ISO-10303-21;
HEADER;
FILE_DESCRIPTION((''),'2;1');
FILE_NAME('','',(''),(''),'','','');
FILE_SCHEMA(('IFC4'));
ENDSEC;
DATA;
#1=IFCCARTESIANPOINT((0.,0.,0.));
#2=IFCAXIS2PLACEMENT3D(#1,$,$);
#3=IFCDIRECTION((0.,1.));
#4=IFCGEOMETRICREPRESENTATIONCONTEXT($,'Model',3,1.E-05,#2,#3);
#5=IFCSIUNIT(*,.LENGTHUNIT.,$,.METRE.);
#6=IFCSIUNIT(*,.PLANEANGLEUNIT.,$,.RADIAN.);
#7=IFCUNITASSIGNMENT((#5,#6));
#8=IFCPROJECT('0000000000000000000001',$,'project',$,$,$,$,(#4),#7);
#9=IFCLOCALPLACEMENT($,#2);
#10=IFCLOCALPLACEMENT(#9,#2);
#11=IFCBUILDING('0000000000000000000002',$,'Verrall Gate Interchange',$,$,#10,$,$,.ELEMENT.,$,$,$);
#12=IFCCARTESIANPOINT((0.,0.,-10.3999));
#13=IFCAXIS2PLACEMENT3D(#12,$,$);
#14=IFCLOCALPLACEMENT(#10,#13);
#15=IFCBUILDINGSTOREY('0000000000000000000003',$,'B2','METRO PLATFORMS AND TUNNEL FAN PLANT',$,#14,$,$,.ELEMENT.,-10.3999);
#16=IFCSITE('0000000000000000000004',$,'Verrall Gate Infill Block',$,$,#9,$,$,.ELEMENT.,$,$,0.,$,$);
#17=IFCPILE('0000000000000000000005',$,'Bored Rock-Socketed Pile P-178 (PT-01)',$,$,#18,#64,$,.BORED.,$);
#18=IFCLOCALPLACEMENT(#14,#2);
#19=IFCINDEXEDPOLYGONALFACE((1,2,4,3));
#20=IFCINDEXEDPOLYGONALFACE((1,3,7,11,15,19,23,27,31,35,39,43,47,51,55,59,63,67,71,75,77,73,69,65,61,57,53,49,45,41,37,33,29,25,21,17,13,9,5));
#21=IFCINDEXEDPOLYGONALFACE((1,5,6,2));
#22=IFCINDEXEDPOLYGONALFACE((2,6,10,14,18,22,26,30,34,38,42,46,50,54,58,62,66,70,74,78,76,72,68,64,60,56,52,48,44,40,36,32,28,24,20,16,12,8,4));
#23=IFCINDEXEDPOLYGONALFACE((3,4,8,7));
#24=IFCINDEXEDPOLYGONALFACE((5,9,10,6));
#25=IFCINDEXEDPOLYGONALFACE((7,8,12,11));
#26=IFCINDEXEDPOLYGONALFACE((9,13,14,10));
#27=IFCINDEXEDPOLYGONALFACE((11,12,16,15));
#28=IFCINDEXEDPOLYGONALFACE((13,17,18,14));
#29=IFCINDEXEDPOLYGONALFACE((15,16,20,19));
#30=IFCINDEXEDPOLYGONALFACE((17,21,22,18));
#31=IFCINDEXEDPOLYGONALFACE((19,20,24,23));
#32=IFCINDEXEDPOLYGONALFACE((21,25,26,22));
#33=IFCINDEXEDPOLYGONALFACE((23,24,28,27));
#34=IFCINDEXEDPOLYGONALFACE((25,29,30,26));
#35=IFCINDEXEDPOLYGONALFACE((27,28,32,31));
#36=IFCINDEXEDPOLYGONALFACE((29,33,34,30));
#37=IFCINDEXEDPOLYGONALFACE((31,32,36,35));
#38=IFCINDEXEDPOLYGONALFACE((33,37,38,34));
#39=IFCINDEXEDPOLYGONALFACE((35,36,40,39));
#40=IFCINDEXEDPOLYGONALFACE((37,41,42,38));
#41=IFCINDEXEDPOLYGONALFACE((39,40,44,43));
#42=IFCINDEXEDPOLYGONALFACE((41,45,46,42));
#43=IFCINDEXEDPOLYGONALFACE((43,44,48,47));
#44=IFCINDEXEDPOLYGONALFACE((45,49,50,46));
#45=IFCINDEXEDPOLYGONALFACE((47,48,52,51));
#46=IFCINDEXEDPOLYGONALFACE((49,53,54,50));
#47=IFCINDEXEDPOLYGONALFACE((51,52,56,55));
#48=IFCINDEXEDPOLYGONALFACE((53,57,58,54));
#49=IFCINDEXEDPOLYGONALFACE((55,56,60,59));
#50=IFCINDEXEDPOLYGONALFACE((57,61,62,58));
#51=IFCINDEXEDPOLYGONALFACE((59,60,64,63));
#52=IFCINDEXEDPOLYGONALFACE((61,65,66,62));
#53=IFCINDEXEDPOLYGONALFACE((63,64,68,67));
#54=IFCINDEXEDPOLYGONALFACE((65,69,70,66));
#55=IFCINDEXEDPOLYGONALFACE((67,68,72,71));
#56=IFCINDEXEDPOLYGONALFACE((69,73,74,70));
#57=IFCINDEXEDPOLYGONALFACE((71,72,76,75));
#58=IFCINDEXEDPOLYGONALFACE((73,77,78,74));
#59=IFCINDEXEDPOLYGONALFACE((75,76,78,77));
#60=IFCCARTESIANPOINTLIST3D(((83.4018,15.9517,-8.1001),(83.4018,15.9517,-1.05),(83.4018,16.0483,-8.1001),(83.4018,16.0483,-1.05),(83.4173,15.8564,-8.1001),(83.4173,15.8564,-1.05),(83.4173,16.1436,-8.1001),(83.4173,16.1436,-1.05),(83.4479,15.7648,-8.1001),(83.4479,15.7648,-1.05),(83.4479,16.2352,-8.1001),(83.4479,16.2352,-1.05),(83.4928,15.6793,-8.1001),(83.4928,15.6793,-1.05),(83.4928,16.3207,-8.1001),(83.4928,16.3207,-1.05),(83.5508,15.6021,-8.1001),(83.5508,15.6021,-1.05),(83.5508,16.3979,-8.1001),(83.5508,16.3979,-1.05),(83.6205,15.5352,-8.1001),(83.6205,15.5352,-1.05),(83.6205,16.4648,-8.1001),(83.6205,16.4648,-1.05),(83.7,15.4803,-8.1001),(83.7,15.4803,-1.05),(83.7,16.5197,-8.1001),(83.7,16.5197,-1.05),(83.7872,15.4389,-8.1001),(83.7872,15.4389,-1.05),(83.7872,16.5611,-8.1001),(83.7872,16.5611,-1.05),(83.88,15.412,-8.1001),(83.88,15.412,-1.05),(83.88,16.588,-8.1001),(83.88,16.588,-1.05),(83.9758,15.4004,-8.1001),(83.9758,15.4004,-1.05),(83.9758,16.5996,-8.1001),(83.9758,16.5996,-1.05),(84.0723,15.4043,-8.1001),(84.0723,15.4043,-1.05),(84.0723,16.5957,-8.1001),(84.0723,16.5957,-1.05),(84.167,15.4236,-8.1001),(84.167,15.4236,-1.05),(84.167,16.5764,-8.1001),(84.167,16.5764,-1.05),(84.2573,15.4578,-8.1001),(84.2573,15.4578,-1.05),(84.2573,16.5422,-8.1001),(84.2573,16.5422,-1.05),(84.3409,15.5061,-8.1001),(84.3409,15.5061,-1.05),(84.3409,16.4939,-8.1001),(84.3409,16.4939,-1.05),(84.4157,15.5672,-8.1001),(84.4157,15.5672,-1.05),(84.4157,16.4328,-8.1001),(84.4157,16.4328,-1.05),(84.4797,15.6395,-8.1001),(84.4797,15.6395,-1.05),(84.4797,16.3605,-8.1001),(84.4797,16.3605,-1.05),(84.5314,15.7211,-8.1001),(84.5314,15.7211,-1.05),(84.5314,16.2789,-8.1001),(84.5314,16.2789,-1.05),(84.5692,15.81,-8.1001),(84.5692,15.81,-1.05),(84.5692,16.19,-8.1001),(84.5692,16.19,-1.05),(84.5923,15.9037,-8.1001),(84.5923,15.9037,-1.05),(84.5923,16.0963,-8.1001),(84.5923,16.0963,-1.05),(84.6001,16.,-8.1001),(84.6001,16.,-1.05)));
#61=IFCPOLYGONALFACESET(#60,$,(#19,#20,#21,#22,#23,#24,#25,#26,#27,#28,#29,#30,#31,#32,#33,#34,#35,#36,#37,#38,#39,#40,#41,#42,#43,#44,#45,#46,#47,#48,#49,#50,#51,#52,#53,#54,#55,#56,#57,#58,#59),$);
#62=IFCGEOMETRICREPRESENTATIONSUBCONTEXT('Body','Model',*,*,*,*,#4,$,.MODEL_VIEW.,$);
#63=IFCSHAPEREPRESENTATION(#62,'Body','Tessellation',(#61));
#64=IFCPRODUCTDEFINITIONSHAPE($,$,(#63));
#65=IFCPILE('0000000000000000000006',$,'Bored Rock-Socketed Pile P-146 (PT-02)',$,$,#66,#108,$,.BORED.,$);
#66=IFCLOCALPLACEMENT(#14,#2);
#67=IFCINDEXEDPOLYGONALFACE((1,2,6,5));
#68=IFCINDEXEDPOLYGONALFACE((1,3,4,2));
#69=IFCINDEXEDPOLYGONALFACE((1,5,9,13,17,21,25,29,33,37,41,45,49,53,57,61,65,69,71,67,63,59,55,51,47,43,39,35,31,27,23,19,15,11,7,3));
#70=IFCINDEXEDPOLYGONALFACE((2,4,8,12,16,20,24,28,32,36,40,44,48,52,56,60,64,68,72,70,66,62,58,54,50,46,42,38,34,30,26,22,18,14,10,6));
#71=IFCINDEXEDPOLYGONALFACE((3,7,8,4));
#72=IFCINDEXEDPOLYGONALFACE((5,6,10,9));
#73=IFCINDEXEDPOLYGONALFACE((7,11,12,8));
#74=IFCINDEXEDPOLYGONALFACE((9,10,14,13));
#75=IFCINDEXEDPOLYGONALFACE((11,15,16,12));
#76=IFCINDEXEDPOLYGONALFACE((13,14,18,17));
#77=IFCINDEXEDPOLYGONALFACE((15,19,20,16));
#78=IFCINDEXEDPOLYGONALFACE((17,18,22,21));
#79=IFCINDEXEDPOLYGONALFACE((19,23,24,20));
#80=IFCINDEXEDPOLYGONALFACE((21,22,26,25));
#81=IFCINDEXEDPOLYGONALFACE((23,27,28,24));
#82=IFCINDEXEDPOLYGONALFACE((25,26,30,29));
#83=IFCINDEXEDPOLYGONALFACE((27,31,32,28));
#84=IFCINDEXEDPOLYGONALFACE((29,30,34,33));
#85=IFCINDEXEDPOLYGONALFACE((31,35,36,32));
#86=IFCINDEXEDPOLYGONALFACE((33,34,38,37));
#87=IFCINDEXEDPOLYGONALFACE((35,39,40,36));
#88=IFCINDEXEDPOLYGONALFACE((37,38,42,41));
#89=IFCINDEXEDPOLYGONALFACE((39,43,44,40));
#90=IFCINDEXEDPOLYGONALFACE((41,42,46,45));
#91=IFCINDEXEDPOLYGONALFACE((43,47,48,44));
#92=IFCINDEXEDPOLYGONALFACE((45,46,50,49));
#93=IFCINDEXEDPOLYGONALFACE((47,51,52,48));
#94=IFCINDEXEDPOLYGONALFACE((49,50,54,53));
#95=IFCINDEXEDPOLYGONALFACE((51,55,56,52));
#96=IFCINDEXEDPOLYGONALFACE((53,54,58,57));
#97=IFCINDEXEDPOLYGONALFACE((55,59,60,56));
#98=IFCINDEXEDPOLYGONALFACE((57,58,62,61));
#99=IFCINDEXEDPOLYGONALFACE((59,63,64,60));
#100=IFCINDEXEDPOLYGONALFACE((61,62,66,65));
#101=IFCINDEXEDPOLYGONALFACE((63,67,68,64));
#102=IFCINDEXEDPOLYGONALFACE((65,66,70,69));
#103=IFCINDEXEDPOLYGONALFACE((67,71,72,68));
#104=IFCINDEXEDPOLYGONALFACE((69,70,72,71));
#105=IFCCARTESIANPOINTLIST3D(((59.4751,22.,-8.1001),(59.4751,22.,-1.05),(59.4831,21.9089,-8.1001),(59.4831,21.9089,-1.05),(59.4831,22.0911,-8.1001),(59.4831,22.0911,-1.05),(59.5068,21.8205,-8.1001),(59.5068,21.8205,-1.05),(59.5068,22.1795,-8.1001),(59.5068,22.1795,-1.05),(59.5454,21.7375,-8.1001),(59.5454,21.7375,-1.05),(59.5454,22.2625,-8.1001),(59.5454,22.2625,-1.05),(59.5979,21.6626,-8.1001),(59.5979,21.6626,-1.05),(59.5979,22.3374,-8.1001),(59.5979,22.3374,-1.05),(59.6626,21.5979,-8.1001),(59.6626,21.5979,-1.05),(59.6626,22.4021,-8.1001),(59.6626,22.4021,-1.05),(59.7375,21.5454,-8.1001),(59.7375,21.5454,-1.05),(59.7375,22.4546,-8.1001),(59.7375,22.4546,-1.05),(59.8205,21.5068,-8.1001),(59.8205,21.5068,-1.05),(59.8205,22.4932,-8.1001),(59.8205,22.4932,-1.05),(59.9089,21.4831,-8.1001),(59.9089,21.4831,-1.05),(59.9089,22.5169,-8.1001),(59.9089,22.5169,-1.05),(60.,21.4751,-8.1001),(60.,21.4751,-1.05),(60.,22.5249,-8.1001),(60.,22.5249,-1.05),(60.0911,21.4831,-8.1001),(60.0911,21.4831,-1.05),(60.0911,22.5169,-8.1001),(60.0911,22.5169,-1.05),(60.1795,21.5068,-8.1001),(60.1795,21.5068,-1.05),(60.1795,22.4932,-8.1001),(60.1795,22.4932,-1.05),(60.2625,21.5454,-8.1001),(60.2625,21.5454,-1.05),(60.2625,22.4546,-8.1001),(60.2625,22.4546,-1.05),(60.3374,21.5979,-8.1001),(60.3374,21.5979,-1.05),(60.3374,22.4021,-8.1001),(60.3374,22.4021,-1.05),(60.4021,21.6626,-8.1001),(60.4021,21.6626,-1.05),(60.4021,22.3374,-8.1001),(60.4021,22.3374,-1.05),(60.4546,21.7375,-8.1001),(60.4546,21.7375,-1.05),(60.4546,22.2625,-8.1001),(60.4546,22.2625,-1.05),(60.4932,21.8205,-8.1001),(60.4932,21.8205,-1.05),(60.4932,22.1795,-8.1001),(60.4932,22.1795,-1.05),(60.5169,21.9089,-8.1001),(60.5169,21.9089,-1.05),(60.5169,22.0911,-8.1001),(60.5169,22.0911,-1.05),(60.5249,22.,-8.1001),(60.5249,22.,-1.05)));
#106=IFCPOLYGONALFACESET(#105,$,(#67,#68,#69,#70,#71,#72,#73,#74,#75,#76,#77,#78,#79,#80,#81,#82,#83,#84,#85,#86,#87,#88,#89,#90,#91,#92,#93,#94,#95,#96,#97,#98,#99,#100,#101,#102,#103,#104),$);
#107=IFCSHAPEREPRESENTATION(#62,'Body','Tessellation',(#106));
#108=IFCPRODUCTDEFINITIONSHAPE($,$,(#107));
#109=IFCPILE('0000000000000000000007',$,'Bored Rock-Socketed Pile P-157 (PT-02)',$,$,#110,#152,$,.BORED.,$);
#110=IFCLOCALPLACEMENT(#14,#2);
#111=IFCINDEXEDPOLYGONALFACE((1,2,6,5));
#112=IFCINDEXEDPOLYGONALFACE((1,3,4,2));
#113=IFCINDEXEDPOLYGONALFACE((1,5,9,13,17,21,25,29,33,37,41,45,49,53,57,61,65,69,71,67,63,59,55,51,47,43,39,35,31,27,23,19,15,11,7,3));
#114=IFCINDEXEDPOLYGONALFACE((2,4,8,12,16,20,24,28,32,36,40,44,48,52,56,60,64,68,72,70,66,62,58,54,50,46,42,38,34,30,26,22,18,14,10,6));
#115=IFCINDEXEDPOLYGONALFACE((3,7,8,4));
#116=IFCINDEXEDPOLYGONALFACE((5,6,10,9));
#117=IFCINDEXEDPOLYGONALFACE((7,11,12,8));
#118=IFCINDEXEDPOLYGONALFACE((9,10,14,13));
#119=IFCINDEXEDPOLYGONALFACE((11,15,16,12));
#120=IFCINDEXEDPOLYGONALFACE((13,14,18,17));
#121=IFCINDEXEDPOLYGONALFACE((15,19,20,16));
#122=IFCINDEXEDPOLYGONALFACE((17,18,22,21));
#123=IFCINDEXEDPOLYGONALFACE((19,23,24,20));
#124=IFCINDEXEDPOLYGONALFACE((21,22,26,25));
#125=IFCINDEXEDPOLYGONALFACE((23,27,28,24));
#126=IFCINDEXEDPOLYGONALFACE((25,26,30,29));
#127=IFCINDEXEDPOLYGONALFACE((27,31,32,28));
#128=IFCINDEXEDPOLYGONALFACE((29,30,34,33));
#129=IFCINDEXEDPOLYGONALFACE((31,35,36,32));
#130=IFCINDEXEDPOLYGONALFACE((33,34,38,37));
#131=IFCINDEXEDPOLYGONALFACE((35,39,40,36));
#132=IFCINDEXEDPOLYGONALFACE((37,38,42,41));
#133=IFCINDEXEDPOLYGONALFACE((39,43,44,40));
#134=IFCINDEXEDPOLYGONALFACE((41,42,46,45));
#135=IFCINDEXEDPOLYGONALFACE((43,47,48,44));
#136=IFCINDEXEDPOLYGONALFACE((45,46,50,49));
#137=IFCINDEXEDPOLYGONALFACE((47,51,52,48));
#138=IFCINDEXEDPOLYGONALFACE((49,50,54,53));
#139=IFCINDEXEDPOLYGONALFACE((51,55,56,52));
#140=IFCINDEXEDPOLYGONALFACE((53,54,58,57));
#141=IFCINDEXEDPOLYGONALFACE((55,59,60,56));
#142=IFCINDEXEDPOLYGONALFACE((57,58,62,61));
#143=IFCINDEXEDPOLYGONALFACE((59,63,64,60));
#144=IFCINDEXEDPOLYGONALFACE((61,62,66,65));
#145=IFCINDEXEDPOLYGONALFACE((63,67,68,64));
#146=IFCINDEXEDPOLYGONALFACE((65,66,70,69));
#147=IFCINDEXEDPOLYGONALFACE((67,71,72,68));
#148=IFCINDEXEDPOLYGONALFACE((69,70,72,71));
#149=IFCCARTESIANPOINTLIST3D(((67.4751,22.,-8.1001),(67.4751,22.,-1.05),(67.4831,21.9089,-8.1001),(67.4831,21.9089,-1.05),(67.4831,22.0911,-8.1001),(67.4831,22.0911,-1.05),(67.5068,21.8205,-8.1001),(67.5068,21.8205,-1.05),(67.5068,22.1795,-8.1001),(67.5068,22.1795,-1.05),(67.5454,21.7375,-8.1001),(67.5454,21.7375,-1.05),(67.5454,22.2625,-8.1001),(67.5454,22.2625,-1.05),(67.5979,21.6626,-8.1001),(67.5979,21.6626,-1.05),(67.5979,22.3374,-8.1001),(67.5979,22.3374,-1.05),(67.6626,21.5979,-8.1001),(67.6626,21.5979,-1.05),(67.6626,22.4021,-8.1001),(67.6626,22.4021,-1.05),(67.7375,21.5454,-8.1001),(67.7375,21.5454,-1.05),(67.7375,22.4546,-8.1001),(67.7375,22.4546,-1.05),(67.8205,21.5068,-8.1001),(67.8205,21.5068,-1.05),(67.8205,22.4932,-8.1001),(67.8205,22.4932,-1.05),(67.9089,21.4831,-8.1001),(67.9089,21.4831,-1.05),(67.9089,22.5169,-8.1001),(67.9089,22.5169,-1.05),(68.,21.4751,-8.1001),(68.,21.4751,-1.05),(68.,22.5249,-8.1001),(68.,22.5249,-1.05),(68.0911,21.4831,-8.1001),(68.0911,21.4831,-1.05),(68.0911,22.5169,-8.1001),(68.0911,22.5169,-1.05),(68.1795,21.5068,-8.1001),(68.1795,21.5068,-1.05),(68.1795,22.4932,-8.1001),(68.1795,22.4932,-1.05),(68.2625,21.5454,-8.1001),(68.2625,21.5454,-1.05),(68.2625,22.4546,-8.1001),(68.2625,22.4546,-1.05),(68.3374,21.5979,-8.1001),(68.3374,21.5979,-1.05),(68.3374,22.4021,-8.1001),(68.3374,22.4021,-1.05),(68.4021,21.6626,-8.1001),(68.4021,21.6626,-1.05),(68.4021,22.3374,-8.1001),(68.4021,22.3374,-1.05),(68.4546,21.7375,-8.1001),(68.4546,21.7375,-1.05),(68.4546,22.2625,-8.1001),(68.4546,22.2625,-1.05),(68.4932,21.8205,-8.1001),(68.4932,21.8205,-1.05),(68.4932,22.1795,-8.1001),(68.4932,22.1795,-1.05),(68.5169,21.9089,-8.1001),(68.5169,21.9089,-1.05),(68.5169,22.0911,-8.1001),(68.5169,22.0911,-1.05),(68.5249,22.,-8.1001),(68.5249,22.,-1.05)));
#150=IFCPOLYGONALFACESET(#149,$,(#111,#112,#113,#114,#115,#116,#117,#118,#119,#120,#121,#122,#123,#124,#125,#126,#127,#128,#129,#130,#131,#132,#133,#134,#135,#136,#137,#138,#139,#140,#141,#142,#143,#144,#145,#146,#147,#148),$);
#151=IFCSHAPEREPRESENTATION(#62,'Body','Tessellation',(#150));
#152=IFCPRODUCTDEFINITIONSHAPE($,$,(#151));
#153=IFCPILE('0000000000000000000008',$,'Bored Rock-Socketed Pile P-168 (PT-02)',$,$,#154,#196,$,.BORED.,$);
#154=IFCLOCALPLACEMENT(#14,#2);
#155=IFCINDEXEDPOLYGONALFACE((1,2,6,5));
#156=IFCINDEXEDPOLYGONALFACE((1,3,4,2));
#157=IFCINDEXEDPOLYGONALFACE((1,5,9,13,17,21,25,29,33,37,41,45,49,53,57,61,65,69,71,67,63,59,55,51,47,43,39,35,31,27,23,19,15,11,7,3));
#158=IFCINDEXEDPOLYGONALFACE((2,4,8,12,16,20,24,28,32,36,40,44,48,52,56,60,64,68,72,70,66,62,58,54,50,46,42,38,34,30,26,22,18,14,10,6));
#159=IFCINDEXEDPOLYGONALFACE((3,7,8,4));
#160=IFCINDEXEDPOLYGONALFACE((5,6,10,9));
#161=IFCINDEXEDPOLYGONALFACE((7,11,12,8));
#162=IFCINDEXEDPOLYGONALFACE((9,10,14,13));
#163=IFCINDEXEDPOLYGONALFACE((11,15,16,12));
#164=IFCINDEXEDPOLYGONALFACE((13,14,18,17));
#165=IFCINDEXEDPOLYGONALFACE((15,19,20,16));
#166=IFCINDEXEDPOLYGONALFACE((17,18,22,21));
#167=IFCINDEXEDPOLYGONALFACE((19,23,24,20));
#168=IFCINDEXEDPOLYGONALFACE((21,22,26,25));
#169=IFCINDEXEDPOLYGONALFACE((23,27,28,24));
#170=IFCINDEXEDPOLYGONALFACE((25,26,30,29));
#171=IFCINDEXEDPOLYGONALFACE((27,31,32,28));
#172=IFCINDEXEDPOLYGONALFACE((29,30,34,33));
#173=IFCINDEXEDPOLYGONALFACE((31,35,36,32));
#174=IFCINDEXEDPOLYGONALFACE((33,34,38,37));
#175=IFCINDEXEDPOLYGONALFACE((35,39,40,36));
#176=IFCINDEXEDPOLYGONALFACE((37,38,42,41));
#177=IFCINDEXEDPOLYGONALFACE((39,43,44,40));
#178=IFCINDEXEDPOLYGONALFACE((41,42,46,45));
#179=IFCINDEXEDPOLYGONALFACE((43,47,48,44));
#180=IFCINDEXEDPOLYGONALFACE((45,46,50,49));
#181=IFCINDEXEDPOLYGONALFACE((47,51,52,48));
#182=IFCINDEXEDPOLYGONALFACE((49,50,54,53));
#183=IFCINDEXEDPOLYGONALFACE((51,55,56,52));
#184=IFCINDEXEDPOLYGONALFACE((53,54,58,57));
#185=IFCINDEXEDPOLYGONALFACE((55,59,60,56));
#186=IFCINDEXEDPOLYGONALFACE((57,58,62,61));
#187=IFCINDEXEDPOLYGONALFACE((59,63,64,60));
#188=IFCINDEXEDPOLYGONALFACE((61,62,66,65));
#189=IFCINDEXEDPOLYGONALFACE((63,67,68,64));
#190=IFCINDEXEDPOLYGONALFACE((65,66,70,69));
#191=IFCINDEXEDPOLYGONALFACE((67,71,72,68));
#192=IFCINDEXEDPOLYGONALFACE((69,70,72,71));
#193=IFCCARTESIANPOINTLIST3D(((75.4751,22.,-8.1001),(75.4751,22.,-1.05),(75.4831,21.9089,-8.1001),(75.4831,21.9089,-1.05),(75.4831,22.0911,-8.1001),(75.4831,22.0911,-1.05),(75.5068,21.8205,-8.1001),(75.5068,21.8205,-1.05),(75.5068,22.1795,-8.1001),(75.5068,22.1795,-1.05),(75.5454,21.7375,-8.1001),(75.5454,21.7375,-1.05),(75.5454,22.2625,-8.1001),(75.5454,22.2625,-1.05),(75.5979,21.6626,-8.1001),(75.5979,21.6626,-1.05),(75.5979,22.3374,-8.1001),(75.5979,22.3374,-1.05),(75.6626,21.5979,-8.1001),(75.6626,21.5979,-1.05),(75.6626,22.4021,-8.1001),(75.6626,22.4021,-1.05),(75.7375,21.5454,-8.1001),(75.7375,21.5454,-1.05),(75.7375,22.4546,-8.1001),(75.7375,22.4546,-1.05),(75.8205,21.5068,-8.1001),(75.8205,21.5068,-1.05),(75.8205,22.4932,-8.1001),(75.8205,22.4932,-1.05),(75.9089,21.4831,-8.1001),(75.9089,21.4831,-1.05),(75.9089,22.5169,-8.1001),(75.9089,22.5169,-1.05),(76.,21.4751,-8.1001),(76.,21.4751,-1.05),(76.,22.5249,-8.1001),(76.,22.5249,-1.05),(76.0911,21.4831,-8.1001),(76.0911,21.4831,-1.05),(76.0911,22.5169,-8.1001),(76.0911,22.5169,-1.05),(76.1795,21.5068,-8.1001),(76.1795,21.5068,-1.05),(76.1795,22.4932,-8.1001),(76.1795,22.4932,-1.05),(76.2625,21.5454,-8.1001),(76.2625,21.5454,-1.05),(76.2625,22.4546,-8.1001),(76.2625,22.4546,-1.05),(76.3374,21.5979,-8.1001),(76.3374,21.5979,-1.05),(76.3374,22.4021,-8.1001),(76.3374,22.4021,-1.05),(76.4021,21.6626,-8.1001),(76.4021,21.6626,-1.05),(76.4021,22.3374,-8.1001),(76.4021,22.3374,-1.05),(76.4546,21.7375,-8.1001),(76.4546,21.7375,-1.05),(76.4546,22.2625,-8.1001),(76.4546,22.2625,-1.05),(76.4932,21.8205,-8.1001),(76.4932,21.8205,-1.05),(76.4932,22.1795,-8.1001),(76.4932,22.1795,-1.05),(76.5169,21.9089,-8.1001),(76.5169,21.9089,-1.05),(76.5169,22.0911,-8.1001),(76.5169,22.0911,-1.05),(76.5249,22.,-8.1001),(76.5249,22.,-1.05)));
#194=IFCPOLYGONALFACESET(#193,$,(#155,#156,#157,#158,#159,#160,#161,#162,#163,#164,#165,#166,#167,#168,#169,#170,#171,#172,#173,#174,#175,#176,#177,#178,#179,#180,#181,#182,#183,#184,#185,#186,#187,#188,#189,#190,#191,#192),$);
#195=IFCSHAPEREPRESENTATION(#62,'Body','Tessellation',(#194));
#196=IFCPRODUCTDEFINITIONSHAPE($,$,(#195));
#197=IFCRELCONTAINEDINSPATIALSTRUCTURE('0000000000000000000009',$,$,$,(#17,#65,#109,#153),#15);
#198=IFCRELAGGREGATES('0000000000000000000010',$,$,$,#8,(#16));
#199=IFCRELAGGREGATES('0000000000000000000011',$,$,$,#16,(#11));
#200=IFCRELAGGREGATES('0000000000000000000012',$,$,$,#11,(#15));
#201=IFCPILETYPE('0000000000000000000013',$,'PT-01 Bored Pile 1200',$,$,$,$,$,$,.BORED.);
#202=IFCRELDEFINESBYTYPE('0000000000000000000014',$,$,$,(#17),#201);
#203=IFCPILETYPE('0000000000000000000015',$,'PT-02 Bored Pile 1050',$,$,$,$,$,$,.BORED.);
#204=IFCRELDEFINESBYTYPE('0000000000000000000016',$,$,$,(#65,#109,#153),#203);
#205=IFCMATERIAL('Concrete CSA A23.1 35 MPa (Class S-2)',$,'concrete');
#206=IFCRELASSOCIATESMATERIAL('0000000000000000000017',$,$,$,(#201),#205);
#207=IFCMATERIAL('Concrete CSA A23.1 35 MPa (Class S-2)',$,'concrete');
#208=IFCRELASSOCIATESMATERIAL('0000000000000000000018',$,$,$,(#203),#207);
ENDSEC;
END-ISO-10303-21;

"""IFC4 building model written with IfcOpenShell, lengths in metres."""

from ifc_helpers import new_model, si_unit, direction, frame, origin, origin_2d, place, context, subcontext, project, spatial, circle, extrude, material, material_profile, profile_set, type_object, element, save


model = new_model("IFC4")

# Units and contexts
model_context = context("Model", 3, precision=1e-05, world=origin(), true_north=direction((0.0, 1.0)))
body_context = subcontext(model_context, "Body", "Model", "MODEL_VIEW")
ifc_project = project(units=[si_unit("LENGTHUNIT", "METRE"), si_unit("PLANEANGLEUNIT", "RADIAN")], contexts=[model_context])

# Site, building, storey
site_placement = place(None, origin())
site = spatial("IfcSite", under=ifc_project, at=site_placement, Name="Verrall Gate Infill Block", CompositionType="ELEMENT", RefElevation=0.0)
building_placement = place(site_placement, origin())
building = spatial("IfcBuilding", under=site, at=building_placement, Name="Verrall Gate Interchange", CompositionType="ELEMENT")
storey_placement = place(building_placement, frame((0.0, 0.0, -10.3999)))
storey = spatial("IfcBuildingStorey", under=building, at=storey_placement, Name="B2", Description="METRO PLATFORMS AND TUNNEL FAN PLANT", CompositionType="ELEMENT", Elevation=-10.3999)

# Piles
ifc_material_1 = material(Name="Concrete CSA A23.1 35 MPa (Class S-2)", Category="concrete")
ifc_material_profile_1 = material_profile(ifc_material_1, circle(Radius=0.6001, at=origin_2d()), Name="PILE1200D")
ifc_profile_set_1 = profile_set([ifc_material_profile_1], Name="Concrete CSA A23.1 35 MPa (Class S-2)")
pile_type_1 = type_object("IfcPileType", Name="PT-01 Bored Pile 1200", PredefinedType="BORED", material=ifc_profile_set_1)
for number, where, z_axis, x_axis, name in (
    (1, (84.0, 16.0, -1.05), (0.0, 0.0, -1.0), (1.0, 0.0, 0.0), "Bored Rock-Socketed Pile P-178 (PT-01)"),
):
    element("IfcPile", number, at=place(storey_placement, frame(where, z_axis=z_axis, x_axis=x_axis)), inside=storey, type_object=pile_type_1, Name=name, PredefinedType="BORED", context=body_context, shape_type="SweptSolid", body=[
        extrude(circle(Radius=0.6001, at=origin_2d()), origin(), (0.0, 0.0, 1.0), 7.05),
    ])
ifc_material_2 = material(Name="Concrete CSA A23.1 35 MPa (Class S-2)", Category="concrete")
ifc_material_profile_2 = material_profile(ifc_material_2, circle(Radius=0.5249, at=origin_2d()), Name="PILE1050D")
ifc_profile_set_2 = profile_set([ifc_material_profile_2], Name="Concrete CSA A23.1 35 MPa (Class S-2)")
pile_type_2 = type_object("IfcPileType", Name="PT-02 Bored Pile 1050", PredefinedType="BORED", material=ifc_profile_set_2)
for number, where, z_axis, x_axis, name in (
    (2, (60.0, 22.0, -1.05), (0.0, 0.0, -1.0), (1.0, 0.0, 0.0), "Bored Rock-Socketed Pile P-146 (PT-02)"),
    (3, (68.0, 22.0, -1.05), (0.0, 0.0, -1.0), (1.0, 0.0, 0.0), "Bored Rock-Socketed Pile P-157 (PT-02)"),
    (4, (76.0, 22.0, -1.05), (0.0, 0.0, -1.0), (1.0, 0.0, 0.0), "Bored Rock-Socketed Pile P-168 (PT-02)"),
):
    element("IfcPile", number, at=place(storey_placement, frame(where, z_axis=z_axis, x_axis=x_axis)), inside=storey, type_object=pile_type_2, Name=name, PredefinedType="BORED", context=body_context, shape_type="SweptSolid", body=[
        extrude(circle(Radius=0.5249, at=origin_2d()), origin(), (0.0, 0.0, 1.0), 7.05),
    ])

save(model, "model.ifc")
